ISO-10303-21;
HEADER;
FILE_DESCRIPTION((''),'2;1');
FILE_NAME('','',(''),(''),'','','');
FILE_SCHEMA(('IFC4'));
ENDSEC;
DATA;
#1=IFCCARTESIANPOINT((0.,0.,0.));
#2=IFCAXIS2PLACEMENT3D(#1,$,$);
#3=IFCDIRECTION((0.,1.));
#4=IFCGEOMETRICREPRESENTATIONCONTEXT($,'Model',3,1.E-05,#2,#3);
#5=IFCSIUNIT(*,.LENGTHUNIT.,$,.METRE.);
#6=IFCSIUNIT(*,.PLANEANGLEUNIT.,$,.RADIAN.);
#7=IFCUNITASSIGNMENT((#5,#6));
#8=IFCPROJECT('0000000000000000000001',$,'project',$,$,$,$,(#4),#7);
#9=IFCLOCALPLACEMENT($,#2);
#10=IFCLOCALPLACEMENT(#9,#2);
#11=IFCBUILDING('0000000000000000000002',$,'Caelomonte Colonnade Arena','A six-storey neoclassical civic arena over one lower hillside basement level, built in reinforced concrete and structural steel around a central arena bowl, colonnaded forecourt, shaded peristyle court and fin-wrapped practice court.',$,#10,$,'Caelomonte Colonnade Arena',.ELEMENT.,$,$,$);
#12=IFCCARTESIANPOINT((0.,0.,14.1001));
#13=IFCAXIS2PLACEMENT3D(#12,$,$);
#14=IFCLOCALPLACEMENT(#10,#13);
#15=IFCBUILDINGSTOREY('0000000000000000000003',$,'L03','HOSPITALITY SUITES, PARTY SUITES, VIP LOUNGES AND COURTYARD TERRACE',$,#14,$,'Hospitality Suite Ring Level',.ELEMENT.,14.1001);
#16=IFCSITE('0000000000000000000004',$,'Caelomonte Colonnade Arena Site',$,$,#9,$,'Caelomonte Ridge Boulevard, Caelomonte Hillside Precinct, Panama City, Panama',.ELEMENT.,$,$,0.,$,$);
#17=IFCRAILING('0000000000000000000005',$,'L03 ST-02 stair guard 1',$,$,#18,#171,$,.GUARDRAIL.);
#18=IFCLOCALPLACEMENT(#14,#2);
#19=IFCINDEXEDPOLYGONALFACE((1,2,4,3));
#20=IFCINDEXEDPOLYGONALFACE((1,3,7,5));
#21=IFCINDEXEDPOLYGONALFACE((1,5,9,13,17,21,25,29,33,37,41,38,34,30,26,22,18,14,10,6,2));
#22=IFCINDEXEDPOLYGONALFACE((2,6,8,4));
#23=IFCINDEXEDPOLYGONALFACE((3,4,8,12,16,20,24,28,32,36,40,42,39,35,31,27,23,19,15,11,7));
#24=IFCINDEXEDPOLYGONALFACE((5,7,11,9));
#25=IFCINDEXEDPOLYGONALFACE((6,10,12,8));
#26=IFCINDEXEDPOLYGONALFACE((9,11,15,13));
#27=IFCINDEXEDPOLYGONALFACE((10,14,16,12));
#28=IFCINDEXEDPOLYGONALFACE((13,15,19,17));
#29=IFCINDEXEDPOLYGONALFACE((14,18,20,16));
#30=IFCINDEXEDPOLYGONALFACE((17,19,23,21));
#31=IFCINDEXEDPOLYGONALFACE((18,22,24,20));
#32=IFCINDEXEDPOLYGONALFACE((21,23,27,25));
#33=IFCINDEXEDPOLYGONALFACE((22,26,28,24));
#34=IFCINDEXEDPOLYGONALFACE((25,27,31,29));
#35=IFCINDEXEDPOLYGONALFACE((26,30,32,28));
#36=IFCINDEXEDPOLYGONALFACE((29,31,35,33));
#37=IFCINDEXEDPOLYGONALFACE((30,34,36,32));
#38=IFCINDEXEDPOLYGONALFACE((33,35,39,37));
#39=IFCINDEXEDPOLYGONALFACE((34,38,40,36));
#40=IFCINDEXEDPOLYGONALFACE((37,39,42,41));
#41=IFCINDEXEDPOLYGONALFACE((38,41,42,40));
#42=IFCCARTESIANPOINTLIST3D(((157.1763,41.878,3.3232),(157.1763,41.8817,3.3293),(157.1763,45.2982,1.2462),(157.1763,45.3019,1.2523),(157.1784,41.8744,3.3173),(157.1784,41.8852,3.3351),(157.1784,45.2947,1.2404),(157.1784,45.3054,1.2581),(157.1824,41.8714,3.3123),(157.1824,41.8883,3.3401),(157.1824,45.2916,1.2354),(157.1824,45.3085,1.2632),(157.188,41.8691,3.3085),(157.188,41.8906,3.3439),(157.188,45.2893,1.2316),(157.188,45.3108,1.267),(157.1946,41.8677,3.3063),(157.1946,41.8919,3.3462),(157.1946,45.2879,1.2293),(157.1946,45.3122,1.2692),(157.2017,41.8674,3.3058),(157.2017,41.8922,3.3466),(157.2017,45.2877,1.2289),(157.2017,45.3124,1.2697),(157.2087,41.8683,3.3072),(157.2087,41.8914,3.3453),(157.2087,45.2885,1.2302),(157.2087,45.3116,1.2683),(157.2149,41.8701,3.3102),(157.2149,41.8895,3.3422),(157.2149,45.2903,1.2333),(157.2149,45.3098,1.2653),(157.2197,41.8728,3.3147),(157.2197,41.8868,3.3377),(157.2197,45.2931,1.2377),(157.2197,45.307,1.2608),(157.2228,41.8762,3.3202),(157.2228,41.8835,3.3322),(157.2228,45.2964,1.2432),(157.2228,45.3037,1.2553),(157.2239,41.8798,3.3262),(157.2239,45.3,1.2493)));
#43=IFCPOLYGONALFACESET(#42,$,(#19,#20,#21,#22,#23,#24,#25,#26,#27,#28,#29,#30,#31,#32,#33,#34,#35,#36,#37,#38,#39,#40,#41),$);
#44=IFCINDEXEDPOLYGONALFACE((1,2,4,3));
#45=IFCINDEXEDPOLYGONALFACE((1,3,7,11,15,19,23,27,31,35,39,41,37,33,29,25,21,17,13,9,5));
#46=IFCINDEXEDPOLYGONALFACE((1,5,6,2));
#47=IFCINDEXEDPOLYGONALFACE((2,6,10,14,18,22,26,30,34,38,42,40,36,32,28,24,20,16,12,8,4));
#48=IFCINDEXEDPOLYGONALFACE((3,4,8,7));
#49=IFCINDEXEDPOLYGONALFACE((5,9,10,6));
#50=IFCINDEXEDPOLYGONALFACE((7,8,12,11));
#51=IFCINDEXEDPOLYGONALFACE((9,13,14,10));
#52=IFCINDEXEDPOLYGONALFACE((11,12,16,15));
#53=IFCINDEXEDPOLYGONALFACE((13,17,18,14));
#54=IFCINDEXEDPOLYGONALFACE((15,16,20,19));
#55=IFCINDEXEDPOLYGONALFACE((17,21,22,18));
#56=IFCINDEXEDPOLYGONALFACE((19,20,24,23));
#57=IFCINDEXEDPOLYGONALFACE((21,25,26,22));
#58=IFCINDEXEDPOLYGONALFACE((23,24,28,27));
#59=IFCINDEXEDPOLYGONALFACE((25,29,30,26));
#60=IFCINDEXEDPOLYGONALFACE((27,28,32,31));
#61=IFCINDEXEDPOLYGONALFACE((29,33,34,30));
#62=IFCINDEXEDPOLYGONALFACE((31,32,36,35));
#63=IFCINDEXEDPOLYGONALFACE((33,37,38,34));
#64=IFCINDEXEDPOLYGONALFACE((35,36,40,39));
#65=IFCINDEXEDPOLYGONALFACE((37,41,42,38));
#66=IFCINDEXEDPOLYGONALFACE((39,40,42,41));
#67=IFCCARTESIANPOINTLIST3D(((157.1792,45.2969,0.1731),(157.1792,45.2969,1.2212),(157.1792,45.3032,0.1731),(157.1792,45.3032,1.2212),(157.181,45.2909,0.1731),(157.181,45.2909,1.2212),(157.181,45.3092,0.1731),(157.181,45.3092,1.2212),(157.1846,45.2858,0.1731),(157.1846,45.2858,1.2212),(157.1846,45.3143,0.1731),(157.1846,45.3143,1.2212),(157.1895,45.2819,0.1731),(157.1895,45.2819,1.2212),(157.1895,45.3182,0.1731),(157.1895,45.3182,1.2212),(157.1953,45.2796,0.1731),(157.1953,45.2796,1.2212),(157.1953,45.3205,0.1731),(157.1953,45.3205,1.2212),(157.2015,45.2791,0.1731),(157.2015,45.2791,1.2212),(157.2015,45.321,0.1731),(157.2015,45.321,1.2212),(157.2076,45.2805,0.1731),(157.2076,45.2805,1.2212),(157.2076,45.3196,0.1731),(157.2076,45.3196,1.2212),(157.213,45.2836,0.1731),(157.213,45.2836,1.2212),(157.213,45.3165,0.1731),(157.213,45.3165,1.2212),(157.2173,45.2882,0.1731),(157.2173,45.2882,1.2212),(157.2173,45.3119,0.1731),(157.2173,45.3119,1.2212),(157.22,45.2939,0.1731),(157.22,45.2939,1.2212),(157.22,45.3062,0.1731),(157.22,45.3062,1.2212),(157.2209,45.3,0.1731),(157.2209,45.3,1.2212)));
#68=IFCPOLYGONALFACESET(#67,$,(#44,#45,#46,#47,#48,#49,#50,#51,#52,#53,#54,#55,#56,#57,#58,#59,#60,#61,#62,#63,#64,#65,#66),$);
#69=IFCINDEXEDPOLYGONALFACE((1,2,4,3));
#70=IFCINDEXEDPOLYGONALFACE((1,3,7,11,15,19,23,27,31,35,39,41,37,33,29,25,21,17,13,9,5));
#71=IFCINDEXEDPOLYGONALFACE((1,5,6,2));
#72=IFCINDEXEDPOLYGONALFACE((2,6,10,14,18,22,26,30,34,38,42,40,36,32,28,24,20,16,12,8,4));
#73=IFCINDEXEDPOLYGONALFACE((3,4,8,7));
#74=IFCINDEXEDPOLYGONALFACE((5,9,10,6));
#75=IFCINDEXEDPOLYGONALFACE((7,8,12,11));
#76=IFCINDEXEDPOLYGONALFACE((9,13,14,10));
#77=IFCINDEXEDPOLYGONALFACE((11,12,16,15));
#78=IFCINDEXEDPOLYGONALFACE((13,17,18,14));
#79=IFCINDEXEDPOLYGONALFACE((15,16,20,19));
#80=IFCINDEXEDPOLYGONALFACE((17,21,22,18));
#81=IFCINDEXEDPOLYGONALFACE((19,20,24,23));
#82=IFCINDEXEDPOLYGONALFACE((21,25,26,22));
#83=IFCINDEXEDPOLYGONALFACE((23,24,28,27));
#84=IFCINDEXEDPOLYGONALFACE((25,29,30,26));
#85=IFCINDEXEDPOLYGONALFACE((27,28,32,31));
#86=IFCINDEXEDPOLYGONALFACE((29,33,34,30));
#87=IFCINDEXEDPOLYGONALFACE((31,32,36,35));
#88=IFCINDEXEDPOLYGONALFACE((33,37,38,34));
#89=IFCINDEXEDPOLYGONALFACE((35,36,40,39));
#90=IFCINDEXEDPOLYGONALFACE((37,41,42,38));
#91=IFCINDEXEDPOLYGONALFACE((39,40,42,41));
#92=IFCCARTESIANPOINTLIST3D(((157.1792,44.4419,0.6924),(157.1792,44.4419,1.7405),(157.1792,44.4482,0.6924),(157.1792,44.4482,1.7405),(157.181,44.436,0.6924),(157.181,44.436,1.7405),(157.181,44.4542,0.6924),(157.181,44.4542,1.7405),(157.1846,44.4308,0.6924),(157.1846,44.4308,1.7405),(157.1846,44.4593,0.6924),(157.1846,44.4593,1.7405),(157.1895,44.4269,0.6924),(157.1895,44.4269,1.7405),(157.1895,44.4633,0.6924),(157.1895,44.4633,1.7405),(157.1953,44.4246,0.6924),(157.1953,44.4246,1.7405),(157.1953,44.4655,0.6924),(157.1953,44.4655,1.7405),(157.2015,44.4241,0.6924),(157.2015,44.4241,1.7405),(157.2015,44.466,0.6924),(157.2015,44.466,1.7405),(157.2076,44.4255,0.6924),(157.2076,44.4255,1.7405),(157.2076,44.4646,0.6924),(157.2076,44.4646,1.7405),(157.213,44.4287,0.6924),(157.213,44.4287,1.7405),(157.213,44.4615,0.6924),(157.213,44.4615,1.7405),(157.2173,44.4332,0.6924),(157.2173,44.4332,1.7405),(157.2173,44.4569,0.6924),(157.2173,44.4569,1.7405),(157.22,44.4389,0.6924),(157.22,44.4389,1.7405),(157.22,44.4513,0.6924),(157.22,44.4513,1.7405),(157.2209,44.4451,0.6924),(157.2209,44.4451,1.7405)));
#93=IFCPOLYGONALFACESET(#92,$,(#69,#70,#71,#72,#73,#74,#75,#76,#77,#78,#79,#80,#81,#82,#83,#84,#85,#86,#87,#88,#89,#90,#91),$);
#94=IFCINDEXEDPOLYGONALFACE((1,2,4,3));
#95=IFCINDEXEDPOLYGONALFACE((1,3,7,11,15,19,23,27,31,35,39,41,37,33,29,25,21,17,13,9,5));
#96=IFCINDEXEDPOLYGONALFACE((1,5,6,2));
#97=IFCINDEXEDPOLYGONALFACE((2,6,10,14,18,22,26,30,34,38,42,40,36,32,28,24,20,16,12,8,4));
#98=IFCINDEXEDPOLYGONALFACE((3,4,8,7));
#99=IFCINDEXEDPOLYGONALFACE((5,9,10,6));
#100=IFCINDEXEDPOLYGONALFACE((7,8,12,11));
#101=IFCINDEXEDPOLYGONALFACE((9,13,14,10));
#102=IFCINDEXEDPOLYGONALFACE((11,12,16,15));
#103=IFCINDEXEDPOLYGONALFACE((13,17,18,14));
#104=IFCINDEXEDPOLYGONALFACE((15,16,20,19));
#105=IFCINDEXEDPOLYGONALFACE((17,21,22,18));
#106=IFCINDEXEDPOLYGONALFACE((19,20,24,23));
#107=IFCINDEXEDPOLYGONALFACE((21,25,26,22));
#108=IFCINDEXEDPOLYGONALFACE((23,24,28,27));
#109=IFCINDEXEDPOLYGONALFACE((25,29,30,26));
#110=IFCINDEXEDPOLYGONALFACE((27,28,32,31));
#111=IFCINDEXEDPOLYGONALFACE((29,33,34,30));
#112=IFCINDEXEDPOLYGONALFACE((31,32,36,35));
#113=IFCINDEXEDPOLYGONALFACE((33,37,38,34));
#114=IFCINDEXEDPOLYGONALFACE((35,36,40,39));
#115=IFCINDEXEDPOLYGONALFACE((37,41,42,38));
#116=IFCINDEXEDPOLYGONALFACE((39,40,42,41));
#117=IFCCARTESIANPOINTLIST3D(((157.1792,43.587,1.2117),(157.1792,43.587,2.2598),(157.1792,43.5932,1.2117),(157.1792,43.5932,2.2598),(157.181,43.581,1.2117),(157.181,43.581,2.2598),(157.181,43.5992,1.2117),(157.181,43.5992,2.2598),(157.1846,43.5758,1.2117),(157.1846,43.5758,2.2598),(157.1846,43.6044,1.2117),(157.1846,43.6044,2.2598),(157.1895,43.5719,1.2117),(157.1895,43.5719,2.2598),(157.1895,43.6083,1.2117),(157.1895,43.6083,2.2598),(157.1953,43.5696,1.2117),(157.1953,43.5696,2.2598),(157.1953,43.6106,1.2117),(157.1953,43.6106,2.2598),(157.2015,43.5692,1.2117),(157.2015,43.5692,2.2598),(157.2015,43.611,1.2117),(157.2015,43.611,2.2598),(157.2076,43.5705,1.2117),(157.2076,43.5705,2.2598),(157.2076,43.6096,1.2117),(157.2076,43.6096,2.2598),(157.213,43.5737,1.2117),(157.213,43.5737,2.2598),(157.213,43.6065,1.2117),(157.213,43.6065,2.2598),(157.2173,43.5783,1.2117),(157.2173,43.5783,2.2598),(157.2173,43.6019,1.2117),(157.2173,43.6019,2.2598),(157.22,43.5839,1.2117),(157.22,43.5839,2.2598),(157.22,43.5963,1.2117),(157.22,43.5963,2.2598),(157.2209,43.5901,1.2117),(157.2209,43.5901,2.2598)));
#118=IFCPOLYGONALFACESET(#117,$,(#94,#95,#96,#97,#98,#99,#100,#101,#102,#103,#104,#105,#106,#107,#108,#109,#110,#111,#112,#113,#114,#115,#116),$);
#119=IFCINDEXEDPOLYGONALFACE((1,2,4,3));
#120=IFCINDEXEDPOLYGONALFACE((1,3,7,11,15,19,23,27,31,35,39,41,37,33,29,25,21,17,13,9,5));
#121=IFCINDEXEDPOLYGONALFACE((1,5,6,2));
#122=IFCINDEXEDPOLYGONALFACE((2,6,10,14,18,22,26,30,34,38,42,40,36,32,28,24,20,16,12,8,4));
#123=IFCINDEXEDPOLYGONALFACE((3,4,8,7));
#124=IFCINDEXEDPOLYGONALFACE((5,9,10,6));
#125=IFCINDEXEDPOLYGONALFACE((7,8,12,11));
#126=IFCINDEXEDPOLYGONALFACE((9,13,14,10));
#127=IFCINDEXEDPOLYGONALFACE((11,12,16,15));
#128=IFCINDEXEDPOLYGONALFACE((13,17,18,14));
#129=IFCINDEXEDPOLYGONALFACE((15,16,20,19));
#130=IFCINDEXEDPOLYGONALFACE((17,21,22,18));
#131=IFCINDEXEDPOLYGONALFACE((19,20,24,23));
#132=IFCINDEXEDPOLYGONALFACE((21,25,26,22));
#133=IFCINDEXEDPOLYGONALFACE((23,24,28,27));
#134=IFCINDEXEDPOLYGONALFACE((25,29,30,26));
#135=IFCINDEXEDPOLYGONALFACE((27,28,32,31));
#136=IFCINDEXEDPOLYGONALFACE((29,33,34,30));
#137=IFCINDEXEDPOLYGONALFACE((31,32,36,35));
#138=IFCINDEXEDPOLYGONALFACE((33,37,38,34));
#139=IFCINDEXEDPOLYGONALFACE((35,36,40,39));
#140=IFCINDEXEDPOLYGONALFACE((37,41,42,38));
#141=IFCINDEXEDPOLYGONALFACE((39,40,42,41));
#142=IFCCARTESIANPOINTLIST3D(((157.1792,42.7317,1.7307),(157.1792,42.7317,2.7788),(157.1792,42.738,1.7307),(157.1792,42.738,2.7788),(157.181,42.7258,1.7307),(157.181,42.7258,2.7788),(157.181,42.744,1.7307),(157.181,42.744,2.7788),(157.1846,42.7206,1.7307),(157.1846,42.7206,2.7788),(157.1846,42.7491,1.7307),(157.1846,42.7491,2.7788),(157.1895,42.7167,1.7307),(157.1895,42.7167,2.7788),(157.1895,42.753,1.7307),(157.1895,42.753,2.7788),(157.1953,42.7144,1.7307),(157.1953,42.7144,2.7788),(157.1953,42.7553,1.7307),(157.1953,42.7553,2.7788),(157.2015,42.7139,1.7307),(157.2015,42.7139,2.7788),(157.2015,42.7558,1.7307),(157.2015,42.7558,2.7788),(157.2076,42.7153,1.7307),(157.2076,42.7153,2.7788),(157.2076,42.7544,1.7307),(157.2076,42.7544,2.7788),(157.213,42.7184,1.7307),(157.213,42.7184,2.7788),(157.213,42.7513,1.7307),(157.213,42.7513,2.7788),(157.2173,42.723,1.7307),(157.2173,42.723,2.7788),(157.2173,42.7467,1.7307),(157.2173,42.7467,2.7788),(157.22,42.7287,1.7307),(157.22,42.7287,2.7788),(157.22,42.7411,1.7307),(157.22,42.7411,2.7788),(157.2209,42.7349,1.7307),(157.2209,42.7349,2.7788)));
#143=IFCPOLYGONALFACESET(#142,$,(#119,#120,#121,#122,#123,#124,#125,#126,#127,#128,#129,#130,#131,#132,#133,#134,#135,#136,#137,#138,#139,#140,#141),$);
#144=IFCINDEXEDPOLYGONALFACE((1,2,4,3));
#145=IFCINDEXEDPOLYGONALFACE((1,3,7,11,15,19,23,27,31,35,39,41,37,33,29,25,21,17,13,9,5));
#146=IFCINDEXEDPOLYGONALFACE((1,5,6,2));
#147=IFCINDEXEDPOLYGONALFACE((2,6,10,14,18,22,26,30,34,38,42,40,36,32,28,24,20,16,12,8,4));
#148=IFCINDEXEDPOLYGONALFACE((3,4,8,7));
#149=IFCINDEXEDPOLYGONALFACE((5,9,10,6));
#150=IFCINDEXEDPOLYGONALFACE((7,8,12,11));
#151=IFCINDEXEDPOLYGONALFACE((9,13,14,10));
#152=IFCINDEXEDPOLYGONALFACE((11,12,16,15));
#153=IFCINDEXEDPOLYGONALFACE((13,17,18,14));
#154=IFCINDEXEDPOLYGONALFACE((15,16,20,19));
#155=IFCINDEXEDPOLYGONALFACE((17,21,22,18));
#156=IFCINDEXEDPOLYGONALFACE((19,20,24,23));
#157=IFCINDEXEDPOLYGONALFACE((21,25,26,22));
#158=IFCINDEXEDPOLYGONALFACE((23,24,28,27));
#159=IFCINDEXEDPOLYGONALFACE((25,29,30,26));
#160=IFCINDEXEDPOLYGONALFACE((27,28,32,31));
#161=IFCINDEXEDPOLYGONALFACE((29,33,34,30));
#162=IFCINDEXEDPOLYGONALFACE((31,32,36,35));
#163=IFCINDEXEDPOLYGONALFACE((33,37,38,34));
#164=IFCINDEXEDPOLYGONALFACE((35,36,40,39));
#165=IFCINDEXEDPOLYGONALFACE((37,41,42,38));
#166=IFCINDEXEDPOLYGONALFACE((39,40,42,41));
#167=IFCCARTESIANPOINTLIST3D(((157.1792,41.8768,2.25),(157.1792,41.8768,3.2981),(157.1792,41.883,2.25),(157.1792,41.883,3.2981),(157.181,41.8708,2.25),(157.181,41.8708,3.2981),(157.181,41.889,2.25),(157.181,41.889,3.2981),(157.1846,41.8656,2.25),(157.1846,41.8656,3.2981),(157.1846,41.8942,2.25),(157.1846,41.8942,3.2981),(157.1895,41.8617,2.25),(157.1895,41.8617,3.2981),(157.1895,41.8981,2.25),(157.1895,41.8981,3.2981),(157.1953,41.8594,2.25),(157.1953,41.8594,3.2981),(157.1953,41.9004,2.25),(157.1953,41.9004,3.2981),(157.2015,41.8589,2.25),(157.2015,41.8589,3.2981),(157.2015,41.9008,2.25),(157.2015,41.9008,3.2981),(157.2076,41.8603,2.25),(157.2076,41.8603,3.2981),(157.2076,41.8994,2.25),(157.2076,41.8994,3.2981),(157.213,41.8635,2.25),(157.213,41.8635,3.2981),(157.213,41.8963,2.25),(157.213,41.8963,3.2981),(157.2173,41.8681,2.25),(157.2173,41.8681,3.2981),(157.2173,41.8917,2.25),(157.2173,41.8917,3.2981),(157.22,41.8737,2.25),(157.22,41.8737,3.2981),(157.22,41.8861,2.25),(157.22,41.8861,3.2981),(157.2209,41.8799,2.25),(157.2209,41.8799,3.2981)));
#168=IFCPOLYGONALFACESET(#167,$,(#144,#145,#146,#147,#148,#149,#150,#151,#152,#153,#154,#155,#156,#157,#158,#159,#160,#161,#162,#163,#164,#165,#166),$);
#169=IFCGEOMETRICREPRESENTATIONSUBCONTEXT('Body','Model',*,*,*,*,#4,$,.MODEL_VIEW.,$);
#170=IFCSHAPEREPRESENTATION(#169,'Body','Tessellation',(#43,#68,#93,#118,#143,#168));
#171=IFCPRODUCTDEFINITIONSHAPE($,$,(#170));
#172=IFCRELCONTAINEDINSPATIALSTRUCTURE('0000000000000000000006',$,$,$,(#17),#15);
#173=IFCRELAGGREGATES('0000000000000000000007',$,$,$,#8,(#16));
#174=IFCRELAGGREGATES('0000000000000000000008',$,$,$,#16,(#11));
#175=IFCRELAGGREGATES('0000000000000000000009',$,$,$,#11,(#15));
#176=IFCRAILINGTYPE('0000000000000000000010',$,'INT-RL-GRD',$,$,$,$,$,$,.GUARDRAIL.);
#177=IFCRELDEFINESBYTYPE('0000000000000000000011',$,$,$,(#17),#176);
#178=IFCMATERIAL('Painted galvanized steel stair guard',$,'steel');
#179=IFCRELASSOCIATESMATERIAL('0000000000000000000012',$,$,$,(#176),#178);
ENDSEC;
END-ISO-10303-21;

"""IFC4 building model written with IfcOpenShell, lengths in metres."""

from ifc_helpers import new_model, si_unit, direction, frame, origin, origin_2d, place, context, subcontext, project, spatial, circle, extrude, material, type_object, element, save


model = new_model("IFC4")

# Units and contexts
model_context = context("Model", 3, precision=1e-05, world=origin(), true_north=direction((0.0, 1.0)))
body_context = subcontext(model_context, "Body", "Model", "MODEL_VIEW")
ifc_project = project(units=[si_unit("LENGTHUNIT", "METRE"), si_unit("PLANEANGLEUNIT", "RADIAN")], contexts=[model_context])

# Site, building, storey
site_placement = place(None, origin())
site = spatial("IfcSite", under=ifc_project, at=site_placement, Name="Caelomonte Colonnade Arena Site", LongName="Caelomonte Ridge Boulevard, Caelomonte Hillside Precinct, Panama City, Panama", CompositionType="ELEMENT", RefElevation=0.0)
building_placement = place(site_placement, origin())
building = spatial("IfcBuilding", under=site, at=building_placement, Name="Caelomonte Colonnade Arena", Description="A six-storey neoclassical civic arena over one lower hillside basement level, built in reinforced concrete and structural steel around a central arena bowl, colonnaded forecourt, shaded peristyle court and fin-wrapped practice court.", LongName="Caelomonte Colonnade Arena", CompositionType="ELEMENT")
storey_placement = place(building_placement, frame((0.0, 0.0, 14.1001)))
storey = spatial("IfcBuildingStorey", under=building, at=storey_placement, Name="L03", Description="HOSPITALITY SUITES, PARTY SUITES, VIP LOUNGES AND COURTYARD TERRACE", LongName="Hospitality Suite Ring Level", CompositionType="ELEMENT", Elevation=14.1001)

# Railing
ifc_material_1 = material(Name="Painted galvanized steel stair guard", Category="steel")
railing_type_1 = type_object("IfcRailingType", Name="INT-RL-GRD", PredefinedType="GUARDRAIL", material=ifc_material_1)
railing_1_placement = place(storey_placement, frame((157.2, 45.3, 0.1731)))
element("IfcRailing", 1, at=railing_1_placement, inside=storey, type_object=railing_type_1, Name="L03 ST-02 stair guard 1", PredefinedType="GUARDRAIL", context=body_context, shape_type="SweptSolid", body=[
    extrude(circle(Radius=0.0239, at=origin_2d()), frame((0.0, 0.0, 1.0762), z_axis=(0.0, -0.854746, 0.519047), x_axis=(1.0, 0.0, 0.0)), (0.0, 0.0, 1.0), 4.0015),
    extrude(circle(Radius=0.021, at=origin_2d()), origin(), (0.0, 0.0, 1.0), 1.0481),
    extrude(circle(Radius=0.021, at=origin_2d()), frame((0.0, -0.855, 0.5193)), (0.0, 0.0, 1.0), 1.0481),
    extrude(circle(Radius=0.021, at=origin_2d()), frame((0.0, -1.71, 1.0386)), (0.0, 0.0, 1.0), 1.0481),
    extrude(circle(Radius=0.021, at=origin_2d()), frame((0.0, -2.5652, 1.5576)), (0.0, 0.0, 1.0), 1.0481),
    extrude(circle(Radius=0.021, at=origin_2d()), frame((0.0, -3.4202, 2.0769)), (0.0, 0.0, 1.0), 1.0481),
])

save(model, "model.ifc")
